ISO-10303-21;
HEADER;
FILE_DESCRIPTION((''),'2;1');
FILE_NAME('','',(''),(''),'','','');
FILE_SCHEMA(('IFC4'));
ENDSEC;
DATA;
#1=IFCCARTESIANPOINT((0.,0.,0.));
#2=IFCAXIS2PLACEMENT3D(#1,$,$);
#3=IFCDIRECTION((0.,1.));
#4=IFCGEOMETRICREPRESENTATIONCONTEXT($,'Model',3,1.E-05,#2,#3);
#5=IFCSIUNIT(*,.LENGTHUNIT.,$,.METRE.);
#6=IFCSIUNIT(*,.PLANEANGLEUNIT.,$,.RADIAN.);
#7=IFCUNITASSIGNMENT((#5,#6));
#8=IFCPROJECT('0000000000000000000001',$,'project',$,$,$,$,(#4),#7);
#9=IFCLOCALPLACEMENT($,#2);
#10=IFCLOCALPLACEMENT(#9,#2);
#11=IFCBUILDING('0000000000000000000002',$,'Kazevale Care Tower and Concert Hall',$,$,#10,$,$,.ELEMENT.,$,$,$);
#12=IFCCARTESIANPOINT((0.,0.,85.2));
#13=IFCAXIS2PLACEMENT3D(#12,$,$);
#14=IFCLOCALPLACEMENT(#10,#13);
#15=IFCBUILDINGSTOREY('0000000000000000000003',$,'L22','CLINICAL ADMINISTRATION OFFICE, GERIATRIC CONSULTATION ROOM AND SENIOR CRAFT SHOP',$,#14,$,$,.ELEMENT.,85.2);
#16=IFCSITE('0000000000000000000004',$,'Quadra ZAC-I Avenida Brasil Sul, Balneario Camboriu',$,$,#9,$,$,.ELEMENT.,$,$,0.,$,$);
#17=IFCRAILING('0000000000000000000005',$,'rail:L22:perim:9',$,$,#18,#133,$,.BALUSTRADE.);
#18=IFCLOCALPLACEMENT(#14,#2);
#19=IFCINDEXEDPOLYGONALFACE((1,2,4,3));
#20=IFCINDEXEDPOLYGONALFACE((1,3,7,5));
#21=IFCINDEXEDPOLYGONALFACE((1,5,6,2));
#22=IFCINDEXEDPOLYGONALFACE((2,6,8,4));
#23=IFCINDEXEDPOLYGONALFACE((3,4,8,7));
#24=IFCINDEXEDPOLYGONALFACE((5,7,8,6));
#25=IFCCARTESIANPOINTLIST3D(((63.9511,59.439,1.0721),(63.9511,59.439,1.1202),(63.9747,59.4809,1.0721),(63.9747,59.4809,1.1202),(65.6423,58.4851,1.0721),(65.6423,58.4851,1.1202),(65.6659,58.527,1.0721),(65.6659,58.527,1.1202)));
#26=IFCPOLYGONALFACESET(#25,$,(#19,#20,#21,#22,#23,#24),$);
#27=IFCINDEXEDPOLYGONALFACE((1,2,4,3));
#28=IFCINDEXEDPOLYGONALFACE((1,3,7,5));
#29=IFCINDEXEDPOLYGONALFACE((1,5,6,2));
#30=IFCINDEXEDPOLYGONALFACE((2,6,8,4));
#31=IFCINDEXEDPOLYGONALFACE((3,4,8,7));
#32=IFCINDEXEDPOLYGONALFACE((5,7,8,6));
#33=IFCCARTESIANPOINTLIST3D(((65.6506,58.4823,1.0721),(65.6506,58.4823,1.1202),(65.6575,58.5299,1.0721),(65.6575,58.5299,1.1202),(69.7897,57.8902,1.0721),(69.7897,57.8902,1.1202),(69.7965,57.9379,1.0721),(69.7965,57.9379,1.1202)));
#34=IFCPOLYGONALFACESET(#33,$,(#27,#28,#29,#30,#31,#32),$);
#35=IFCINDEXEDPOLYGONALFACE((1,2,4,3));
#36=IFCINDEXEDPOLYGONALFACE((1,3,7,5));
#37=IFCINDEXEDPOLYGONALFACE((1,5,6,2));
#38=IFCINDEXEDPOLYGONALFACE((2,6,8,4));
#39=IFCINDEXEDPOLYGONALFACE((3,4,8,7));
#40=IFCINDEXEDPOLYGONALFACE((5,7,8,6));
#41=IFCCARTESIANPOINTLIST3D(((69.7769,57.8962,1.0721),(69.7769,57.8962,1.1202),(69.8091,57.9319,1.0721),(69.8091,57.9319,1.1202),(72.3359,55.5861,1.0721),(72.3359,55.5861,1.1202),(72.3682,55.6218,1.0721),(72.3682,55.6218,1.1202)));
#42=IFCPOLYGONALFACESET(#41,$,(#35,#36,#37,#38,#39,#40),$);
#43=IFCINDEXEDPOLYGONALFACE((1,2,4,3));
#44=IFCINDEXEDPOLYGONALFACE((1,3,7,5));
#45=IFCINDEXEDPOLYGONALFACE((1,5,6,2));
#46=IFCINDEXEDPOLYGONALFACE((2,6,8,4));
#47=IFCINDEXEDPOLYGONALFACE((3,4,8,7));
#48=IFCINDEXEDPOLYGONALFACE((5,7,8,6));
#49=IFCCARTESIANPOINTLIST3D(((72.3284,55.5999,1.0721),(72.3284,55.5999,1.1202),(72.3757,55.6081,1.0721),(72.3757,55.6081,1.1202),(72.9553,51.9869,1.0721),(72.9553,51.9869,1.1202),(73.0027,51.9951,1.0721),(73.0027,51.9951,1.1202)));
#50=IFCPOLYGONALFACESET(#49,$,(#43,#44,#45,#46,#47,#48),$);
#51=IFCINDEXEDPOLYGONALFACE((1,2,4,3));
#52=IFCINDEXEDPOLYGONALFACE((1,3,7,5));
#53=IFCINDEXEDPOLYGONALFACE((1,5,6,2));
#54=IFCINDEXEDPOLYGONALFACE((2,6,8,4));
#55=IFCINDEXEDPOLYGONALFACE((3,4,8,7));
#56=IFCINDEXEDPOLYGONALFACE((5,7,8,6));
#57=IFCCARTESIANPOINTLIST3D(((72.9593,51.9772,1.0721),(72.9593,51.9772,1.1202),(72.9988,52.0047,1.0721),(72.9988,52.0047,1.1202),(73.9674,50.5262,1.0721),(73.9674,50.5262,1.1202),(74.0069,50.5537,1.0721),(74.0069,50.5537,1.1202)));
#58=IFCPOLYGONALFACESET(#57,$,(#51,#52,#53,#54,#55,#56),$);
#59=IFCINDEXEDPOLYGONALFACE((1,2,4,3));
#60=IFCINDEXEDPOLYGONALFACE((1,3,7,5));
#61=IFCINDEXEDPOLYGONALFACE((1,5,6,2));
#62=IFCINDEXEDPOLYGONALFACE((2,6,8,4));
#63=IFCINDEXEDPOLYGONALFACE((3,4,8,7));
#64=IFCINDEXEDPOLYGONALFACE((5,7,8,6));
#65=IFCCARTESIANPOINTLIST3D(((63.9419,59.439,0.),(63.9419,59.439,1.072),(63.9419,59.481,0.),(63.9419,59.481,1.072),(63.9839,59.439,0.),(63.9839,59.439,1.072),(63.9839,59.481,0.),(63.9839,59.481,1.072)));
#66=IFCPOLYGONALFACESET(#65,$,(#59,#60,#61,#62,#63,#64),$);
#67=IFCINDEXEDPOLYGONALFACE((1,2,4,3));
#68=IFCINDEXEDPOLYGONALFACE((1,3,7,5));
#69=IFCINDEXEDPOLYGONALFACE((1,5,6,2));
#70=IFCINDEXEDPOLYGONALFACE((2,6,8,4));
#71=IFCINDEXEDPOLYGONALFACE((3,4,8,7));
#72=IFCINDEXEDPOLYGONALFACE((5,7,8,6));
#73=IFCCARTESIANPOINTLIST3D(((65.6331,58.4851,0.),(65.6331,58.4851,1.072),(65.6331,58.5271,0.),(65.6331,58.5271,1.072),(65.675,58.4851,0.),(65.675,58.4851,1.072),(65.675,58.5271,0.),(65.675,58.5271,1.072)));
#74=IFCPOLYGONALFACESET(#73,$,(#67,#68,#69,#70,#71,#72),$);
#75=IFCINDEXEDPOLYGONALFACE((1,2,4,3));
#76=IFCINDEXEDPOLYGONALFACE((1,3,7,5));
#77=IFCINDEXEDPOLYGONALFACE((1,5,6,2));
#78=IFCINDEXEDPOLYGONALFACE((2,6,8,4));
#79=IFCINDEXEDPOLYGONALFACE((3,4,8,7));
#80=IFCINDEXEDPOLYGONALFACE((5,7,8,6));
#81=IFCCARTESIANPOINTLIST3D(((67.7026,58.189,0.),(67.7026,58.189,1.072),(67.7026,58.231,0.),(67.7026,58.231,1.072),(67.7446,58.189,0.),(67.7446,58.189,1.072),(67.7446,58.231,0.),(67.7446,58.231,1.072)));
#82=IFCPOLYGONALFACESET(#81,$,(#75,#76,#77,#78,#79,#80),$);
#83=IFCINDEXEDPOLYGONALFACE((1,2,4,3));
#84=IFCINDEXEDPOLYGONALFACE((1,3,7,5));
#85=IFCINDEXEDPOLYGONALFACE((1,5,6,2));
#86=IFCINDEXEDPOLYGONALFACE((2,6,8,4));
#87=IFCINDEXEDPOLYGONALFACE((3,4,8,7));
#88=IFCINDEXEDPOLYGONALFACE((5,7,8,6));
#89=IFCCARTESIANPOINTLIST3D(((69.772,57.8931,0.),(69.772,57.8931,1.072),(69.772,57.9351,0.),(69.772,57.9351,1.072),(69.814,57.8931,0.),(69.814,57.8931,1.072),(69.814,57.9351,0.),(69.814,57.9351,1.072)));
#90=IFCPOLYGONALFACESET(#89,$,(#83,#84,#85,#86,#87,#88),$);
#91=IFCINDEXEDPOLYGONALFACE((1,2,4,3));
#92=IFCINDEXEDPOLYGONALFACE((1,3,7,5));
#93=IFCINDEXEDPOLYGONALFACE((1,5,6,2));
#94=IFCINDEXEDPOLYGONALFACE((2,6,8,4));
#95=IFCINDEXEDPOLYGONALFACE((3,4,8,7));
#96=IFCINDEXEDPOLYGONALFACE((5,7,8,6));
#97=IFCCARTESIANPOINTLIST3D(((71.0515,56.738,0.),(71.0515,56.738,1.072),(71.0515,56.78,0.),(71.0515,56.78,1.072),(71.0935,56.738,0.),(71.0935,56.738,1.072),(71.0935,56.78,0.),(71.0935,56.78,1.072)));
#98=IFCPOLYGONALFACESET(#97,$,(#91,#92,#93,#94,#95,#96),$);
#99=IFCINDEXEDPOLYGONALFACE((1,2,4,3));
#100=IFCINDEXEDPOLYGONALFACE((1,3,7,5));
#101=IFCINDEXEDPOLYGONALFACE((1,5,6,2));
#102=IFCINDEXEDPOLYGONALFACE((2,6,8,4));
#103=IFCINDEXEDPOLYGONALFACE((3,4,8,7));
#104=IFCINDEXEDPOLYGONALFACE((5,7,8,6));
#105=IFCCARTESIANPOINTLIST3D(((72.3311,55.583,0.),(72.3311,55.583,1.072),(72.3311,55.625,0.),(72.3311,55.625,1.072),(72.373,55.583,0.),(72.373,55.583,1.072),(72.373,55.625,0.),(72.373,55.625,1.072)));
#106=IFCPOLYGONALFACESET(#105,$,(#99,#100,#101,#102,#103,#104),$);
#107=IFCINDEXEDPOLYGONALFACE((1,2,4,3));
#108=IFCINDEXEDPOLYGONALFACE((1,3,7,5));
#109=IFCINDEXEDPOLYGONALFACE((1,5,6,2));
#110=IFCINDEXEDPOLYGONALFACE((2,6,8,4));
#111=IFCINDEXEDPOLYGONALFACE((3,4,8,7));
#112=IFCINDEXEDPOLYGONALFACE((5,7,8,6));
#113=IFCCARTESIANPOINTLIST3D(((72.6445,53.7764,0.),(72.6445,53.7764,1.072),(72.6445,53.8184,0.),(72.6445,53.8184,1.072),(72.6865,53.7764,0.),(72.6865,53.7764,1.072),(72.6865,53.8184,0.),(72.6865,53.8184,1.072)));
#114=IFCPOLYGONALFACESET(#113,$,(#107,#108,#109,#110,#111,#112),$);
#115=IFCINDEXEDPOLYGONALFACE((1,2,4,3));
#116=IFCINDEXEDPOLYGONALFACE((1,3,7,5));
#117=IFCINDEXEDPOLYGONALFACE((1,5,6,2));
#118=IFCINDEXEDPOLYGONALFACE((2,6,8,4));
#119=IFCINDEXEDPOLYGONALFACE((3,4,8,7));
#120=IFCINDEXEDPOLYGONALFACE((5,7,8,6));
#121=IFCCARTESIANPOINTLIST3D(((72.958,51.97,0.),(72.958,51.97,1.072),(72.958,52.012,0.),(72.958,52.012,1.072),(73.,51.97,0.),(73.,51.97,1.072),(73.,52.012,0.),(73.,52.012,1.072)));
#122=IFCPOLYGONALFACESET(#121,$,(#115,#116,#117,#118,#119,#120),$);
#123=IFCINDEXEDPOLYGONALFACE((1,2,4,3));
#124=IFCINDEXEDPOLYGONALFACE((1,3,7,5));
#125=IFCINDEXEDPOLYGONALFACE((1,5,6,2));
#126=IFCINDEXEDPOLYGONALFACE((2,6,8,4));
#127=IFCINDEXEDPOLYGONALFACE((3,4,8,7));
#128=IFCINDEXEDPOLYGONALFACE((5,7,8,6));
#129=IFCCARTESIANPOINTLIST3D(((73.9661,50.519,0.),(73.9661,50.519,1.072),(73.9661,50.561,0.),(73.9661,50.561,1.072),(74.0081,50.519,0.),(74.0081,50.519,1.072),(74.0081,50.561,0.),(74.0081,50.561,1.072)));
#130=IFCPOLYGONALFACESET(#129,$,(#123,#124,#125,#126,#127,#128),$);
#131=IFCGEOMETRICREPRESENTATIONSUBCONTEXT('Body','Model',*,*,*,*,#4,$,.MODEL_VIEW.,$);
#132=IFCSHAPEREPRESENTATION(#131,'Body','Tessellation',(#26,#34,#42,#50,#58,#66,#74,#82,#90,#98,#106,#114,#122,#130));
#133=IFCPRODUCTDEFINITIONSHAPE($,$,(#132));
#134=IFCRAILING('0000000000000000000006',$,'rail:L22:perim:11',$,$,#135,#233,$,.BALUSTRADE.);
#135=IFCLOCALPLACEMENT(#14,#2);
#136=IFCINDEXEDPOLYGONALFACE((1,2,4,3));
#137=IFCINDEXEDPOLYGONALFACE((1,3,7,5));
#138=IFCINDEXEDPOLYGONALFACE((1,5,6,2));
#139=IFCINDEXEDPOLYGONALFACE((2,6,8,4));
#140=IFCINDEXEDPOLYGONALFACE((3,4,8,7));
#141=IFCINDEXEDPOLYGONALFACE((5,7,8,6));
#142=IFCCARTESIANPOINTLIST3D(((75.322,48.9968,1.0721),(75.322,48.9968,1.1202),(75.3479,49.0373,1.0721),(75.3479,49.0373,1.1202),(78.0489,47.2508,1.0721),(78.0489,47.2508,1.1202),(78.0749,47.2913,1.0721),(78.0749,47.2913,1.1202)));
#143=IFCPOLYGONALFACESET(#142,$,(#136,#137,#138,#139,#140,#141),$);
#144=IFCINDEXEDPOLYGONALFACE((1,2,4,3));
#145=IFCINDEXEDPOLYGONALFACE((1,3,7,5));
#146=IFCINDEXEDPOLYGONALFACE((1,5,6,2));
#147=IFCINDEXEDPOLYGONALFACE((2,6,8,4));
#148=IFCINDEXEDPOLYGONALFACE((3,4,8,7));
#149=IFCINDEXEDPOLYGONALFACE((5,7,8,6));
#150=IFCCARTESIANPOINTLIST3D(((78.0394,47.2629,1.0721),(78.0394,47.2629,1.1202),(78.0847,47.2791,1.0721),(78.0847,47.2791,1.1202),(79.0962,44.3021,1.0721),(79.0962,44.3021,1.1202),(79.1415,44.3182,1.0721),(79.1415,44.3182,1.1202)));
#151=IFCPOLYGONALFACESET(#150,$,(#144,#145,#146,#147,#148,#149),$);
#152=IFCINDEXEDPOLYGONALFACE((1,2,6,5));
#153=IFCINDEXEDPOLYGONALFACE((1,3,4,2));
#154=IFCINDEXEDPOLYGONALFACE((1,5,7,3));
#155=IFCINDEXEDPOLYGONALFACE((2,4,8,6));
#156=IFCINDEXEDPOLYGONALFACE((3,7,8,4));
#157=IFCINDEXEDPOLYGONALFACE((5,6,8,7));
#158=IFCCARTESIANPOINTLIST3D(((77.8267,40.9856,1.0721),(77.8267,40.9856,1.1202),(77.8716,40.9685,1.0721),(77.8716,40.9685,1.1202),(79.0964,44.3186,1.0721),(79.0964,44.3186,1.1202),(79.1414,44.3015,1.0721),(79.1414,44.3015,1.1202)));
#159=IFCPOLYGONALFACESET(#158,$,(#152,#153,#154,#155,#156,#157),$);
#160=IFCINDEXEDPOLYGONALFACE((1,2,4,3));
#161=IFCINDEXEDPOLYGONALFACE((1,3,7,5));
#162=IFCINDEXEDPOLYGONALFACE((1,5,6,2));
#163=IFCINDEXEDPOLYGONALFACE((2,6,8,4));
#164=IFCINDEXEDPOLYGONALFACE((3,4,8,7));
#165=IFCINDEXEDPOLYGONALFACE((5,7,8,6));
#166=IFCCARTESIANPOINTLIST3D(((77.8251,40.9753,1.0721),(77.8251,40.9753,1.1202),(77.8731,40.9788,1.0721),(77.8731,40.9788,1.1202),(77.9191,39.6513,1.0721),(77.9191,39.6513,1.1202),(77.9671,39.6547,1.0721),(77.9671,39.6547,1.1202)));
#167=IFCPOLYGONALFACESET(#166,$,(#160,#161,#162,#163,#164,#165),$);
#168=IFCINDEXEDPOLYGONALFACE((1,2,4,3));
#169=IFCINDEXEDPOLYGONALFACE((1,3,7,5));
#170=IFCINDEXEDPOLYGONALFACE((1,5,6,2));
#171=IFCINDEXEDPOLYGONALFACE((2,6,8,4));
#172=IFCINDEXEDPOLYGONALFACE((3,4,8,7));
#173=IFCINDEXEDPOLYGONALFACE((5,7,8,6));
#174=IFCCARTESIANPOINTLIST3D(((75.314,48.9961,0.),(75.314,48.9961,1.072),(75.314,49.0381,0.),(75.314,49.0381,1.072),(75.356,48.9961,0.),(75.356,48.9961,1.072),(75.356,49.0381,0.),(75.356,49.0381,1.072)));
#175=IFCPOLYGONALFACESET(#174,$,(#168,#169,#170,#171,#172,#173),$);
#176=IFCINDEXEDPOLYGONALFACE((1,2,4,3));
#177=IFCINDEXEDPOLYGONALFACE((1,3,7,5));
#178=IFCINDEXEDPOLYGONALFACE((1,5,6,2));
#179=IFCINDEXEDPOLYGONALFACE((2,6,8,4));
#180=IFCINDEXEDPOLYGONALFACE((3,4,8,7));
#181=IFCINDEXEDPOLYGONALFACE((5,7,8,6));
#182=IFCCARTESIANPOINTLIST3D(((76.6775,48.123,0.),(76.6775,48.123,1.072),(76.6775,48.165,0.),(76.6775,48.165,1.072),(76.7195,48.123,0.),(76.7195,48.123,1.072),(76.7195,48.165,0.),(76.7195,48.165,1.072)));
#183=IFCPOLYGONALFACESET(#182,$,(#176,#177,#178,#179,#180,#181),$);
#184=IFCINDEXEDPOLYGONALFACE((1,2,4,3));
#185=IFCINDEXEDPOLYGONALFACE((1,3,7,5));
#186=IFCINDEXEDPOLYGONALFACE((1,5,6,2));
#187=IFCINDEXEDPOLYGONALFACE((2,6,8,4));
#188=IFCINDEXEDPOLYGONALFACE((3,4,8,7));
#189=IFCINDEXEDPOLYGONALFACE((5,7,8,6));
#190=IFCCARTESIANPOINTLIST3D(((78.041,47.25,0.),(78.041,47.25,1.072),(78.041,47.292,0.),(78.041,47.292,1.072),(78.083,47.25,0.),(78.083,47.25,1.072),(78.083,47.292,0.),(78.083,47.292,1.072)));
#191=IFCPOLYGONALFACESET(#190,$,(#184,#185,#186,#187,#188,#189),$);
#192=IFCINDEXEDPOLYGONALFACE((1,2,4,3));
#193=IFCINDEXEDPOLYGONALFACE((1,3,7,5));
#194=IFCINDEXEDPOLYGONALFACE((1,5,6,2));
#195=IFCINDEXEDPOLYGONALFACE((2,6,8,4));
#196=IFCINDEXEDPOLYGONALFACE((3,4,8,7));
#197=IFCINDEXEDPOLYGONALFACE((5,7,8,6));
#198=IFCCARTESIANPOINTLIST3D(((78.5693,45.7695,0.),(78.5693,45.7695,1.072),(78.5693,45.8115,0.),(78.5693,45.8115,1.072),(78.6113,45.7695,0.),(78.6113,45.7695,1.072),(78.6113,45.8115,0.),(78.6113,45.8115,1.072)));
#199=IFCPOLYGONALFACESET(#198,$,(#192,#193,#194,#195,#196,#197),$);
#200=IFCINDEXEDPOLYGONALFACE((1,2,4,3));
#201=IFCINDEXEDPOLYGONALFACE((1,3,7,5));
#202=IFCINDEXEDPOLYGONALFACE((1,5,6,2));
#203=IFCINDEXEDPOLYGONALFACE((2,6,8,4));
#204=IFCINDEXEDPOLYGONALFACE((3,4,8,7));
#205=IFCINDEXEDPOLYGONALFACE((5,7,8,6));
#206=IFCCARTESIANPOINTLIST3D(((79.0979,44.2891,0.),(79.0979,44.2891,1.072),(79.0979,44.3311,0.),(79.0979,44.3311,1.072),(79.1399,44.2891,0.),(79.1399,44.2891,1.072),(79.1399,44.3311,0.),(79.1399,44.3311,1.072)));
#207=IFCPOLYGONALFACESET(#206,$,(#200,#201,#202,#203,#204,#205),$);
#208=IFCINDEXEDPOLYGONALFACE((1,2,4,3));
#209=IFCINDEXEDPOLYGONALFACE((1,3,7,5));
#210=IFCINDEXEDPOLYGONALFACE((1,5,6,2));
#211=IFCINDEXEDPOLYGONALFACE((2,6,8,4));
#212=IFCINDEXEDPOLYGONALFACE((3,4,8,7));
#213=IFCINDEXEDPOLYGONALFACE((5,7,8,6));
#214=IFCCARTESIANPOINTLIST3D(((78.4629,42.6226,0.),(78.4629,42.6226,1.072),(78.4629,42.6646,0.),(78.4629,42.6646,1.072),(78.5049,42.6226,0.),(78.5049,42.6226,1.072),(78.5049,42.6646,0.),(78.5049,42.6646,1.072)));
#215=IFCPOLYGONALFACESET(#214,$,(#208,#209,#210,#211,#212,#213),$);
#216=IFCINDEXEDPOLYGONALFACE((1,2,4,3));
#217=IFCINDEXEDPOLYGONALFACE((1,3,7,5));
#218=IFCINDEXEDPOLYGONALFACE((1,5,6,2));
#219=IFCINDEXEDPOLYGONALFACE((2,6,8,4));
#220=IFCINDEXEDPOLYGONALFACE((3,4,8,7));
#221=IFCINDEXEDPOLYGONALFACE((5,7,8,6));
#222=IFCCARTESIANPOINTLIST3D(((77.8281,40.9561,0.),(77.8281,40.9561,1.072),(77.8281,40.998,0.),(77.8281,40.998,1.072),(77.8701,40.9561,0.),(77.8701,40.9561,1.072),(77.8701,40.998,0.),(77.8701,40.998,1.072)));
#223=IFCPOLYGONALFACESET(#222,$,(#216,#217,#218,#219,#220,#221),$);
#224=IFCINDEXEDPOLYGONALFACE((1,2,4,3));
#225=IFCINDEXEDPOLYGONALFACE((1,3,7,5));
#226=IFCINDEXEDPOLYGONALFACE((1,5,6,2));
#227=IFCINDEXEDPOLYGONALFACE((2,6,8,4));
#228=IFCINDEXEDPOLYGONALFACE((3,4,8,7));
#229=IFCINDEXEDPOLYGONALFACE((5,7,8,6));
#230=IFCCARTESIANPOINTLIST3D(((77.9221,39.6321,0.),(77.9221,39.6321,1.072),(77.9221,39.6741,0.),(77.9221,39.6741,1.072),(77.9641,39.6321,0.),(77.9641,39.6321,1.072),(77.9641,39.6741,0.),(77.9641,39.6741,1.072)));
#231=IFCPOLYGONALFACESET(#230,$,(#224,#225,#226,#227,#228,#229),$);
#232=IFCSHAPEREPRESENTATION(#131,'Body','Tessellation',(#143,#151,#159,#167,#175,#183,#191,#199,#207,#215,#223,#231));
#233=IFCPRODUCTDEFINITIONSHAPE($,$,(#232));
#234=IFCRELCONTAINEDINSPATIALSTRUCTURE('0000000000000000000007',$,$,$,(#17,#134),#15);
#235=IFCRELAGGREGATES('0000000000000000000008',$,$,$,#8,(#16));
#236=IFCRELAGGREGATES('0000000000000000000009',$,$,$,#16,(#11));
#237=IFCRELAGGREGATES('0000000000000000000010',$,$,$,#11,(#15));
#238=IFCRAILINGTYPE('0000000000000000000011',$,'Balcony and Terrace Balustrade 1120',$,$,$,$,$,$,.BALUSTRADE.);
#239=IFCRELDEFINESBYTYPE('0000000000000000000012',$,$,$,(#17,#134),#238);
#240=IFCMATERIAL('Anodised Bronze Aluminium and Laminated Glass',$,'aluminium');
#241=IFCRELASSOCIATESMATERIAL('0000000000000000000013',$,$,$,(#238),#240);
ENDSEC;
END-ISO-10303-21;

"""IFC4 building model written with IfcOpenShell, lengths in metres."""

from ifc_helpers import new_model, si_unit, direction, frame, origin, origin_2d, place, context, subcontext, project, spatial, rectangle, extrude, material, type_object, element, save


model = new_model("IFC4")

# Units and contexts
model_context = context("Model", 3, precision=1e-05, world=origin(), true_north=direction((0.0, 1.0)))
body_context = subcontext(model_context, "Body", "Model", "MODEL_VIEW")
ifc_project = project(units=[si_unit("LENGTHUNIT", "METRE"), si_unit("PLANEANGLEUNIT", "RADIAN")], contexts=[model_context])

# Site, building, storey
site_placement = place(None, origin())
site = spatial("IfcSite", under=ifc_project, at=site_placement, Name="Quadra ZAC-I Avenida Brasil Sul, Balneario Camboriu", CompositionType="ELEMENT", RefElevation=0.0)
building_placement = place(site_placement, origin())
building = spatial("IfcBuilding", under=site, at=building_placement, Name="Kazevale Care Tower and Concert Hall", CompositionType="ELEMENT")
storey_placement = place(building_placement, frame((0.0, 0.0, 85.2)))
storey = spatial("IfcBuildingStorey", under=building, at=storey_placement, Name="L22", Description="CLINICAL ADMINISTRATION OFFICE, GERIATRIC CONSULTATION ROOM AND SENIOR CRAFT SHOP", CompositionType="ELEMENT", Elevation=85.2)

# Railings
ifc_material_1 = material(Name="Anodised Bronze Aluminium and Laminated Glass", Category="aluminium")
railing_type = type_object("IfcRailingType", Name="Balcony and Terrace Balustrade 1120", PredefinedType="BALUSTRADE", material=ifc_material_1)
railing_1_placement = place(storey_placement, frame((63.9629, 59.46, 0.0)))
element("IfcRailing", 1, at=railing_1_placement, inside=storey, type_object=railing_type, Name="rail:L22:perim:9", PredefinedType="BALUSTRADE", context=body_context, shape_type="SweptSolid", body=[
    extrude(rectangle(XDim=0.0481, YDim=0.0481, at=origin_2d()), frame((0.0, 0.0, 1.0962), z_axis=(0.871007, -0.49127, 0.0), x_axis=(0.49127, 0.871007, 0.0)), (0.0, 0.0, 1.0), 1.9417),
    extrude(rectangle(XDim=0.0481, YDim=0.0481, at=origin_2d()), frame((1.6912, -0.9539, 1.0962), z_axis=(0.989924, -0.141601, 0.0), x_axis=(0.141601, 0.989924, 0.0)), (0.0, 0.0, 1.0), 4.1812),
    extrude(rectangle(XDim=0.0481, YDim=0.0481, at=origin_2d()), frame((5.8301, -1.5459, 1.0962), z_axis=(0.7423, -0.670067, 0.0), x_axis=(0.670067, 0.7423, 0.0)), (0.0, 0.0, 1.0), 3.4475),
    extrude(rectangle(XDim=0.0481, YDim=0.0481, at=origin_2d()), frame((8.3892, -3.856, 1.0962), z_axis=(0.17097, -0.985276, 0.0), x_axis=(0.985276, 0.17097, 0.0)), (0.0, 0.0, 1.0), 3.667),
    extrude(rectangle(XDim=0.0481, YDim=0.0481, at=origin_2d()), frame((9.0161, -7.469, 1.0962), z_axis=(0.570574, -0.821246, 0.0), x_axis=(0.821246, 0.570574, 0.0)), (0.0, 0.0, 1.0), 1.7668),
    extrude(rectangle(XDim=0.042, YDim=0.042, at=origin_2d()), origin(), (0.0, 0.0, 1.0), 1.072),
    extrude(rectangle(XDim=0.042, YDim=0.042, at=origin_2d()), frame((1.6912, -0.9539, 0.0)), (0.0, 0.0, 1.0), 1.072),
    extrude(rectangle(XDim=0.042, YDim=0.042, at=origin_2d()), frame((3.7607, -1.25, 0.0)), (0.0, 0.0, 1.0), 1.072),
    extrude(rectangle(XDim=0.042, YDim=0.042, at=origin_2d()), frame((5.8301, -1.5459, 0.0)), (0.0, 0.0, 1.0), 1.072),
    extrude(rectangle(XDim=0.042, YDim=0.042, at=origin_2d()), frame((7.1096, -2.7009, 0.0)), (0.0, 0.0, 1.0), 1.072),
    extrude(rectangle(XDim=0.042, YDim=0.042, at=origin_2d()), frame((8.3892, -3.856, 0.0)), (0.0, 0.0, 1.0), 1.072),
    extrude(rectangle(XDim=0.042, YDim=0.042, at=origin_2d()), frame((8.7026, -5.6626, 0.0)), (0.0, 0.0, 1.0), 1.072),
    extrude(rectangle(XDim=0.042, YDim=0.042, at=origin_2d()), frame((9.0161, -7.469, 0.0)), (0.0, 0.0, 1.0), 1.072),
    extrude(rectangle(XDim=0.042, YDim=0.042, at=origin_2d()), frame((10.0242, -8.9199, 0.0)), (0.0, 0.0, 1.0), 1.072),
])
railing_2_placement = place(storey_placement, frame((75.335, 49.0171, 0.0)))
element("IfcRailing", 2, at=railing_2_placement, inside=storey, type_object=railing_type, Name="rail:L22:perim:11", PredefinedType="BALUSTRADE", context=body_context, shape_type="SweptSolid", body=[
    extrude(rectangle(XDim=0.0481, YDim=0.0481, at=origin_2d()), frame((0.0, 0.0, 1.0962), z_axis=(0.842162, -0.539225, 0.0), x_axis=(0.539225, 0.842162, 0.0)), (0.0, 0.0, 1.0), 3.238),
    extrude(rectangle(XDim=0.0481, YDim=0.0481, at=origin_2d()), frame((2.7271, -1.7461, 1.0962), z_axis=(0.336169, -0.941802, 0.0), x_axis=(0.941802, 0.336169, 0.0)), (0.0, 0.0, 1.0), 3.1438),
    extrude(rectangle(XDim=0.0481, YDim=0.0481, at=origin_2d()), frame((3.7839, -4.707, 1.0962), z_axis=(-0.35601, -0.934482, 0.0), x_axis=(0.934482, -0.35601, 0.0)), (0.0, 0.0, 1.0), 3.5667),
    extrude(rectangle(XDim=0.0481, YDim=0.0481, at=origin_2d()), frame((2.5142, -8.04, 1.0962), z_axis=(0.070816, -0.997489, 0.0), x_axis=(0.997489, 0.070816, 0.0)), (0.0, 0.0, 1.0), 1.3274),
    extrude(rectangle(XDim=0.042, YDim=0.042, at=origin_2d()), origin(), (0.0, 0.0, 1.0), 1.072),
    extrude(rectangle(XDim=0.042, YDim=0.042, at=origin_2d()), frame((1.3635, -0.873, 0.0)), (0.0, 0.0, 1.0), 1.072),
    extrude(rectangle(XDim=0.042, YDim=0.042, at=origin_2d()), frame((2.7271, -1.7461, 0.0)), (0.0, 0.0, 1.0), 1.072),
    extrude(rectangle(XDim=0.042, YDim=0.042, at=origin_2d()), frame((3.2554, -3.2266, 0.0)), (0.0, 0.0, 1.0), 1.072),
    extrude(rectangle(XDim=0.042, YDim=0.042, at=origin_2d()), frame((3.7839, -4.707, 0.0)), (0.0, 0.0, 1.0), 1.072),
    extrude(rectangle(XDim=0.042, YDim=0.042, at=origin_2d()), frame((3.1489, -6.3735, 0.0)), (0.0, 0.0, 1.0), 1.072),
    extrude(rectangle(XDim=0.042, YDim=0.042, at=origin_2d()), frame((2.5142, -8.04, 0.0)), (0.0, 0.0, 1.0), 1.072),
    extrude(rectangle(XDim=0.042, YDim=0.042, at=origin_2d()), frame((2.6082, -9.364, 0.0)), (0.0, 0.0, 1.0), 1.072),
])

save(model, "model.ifc")
